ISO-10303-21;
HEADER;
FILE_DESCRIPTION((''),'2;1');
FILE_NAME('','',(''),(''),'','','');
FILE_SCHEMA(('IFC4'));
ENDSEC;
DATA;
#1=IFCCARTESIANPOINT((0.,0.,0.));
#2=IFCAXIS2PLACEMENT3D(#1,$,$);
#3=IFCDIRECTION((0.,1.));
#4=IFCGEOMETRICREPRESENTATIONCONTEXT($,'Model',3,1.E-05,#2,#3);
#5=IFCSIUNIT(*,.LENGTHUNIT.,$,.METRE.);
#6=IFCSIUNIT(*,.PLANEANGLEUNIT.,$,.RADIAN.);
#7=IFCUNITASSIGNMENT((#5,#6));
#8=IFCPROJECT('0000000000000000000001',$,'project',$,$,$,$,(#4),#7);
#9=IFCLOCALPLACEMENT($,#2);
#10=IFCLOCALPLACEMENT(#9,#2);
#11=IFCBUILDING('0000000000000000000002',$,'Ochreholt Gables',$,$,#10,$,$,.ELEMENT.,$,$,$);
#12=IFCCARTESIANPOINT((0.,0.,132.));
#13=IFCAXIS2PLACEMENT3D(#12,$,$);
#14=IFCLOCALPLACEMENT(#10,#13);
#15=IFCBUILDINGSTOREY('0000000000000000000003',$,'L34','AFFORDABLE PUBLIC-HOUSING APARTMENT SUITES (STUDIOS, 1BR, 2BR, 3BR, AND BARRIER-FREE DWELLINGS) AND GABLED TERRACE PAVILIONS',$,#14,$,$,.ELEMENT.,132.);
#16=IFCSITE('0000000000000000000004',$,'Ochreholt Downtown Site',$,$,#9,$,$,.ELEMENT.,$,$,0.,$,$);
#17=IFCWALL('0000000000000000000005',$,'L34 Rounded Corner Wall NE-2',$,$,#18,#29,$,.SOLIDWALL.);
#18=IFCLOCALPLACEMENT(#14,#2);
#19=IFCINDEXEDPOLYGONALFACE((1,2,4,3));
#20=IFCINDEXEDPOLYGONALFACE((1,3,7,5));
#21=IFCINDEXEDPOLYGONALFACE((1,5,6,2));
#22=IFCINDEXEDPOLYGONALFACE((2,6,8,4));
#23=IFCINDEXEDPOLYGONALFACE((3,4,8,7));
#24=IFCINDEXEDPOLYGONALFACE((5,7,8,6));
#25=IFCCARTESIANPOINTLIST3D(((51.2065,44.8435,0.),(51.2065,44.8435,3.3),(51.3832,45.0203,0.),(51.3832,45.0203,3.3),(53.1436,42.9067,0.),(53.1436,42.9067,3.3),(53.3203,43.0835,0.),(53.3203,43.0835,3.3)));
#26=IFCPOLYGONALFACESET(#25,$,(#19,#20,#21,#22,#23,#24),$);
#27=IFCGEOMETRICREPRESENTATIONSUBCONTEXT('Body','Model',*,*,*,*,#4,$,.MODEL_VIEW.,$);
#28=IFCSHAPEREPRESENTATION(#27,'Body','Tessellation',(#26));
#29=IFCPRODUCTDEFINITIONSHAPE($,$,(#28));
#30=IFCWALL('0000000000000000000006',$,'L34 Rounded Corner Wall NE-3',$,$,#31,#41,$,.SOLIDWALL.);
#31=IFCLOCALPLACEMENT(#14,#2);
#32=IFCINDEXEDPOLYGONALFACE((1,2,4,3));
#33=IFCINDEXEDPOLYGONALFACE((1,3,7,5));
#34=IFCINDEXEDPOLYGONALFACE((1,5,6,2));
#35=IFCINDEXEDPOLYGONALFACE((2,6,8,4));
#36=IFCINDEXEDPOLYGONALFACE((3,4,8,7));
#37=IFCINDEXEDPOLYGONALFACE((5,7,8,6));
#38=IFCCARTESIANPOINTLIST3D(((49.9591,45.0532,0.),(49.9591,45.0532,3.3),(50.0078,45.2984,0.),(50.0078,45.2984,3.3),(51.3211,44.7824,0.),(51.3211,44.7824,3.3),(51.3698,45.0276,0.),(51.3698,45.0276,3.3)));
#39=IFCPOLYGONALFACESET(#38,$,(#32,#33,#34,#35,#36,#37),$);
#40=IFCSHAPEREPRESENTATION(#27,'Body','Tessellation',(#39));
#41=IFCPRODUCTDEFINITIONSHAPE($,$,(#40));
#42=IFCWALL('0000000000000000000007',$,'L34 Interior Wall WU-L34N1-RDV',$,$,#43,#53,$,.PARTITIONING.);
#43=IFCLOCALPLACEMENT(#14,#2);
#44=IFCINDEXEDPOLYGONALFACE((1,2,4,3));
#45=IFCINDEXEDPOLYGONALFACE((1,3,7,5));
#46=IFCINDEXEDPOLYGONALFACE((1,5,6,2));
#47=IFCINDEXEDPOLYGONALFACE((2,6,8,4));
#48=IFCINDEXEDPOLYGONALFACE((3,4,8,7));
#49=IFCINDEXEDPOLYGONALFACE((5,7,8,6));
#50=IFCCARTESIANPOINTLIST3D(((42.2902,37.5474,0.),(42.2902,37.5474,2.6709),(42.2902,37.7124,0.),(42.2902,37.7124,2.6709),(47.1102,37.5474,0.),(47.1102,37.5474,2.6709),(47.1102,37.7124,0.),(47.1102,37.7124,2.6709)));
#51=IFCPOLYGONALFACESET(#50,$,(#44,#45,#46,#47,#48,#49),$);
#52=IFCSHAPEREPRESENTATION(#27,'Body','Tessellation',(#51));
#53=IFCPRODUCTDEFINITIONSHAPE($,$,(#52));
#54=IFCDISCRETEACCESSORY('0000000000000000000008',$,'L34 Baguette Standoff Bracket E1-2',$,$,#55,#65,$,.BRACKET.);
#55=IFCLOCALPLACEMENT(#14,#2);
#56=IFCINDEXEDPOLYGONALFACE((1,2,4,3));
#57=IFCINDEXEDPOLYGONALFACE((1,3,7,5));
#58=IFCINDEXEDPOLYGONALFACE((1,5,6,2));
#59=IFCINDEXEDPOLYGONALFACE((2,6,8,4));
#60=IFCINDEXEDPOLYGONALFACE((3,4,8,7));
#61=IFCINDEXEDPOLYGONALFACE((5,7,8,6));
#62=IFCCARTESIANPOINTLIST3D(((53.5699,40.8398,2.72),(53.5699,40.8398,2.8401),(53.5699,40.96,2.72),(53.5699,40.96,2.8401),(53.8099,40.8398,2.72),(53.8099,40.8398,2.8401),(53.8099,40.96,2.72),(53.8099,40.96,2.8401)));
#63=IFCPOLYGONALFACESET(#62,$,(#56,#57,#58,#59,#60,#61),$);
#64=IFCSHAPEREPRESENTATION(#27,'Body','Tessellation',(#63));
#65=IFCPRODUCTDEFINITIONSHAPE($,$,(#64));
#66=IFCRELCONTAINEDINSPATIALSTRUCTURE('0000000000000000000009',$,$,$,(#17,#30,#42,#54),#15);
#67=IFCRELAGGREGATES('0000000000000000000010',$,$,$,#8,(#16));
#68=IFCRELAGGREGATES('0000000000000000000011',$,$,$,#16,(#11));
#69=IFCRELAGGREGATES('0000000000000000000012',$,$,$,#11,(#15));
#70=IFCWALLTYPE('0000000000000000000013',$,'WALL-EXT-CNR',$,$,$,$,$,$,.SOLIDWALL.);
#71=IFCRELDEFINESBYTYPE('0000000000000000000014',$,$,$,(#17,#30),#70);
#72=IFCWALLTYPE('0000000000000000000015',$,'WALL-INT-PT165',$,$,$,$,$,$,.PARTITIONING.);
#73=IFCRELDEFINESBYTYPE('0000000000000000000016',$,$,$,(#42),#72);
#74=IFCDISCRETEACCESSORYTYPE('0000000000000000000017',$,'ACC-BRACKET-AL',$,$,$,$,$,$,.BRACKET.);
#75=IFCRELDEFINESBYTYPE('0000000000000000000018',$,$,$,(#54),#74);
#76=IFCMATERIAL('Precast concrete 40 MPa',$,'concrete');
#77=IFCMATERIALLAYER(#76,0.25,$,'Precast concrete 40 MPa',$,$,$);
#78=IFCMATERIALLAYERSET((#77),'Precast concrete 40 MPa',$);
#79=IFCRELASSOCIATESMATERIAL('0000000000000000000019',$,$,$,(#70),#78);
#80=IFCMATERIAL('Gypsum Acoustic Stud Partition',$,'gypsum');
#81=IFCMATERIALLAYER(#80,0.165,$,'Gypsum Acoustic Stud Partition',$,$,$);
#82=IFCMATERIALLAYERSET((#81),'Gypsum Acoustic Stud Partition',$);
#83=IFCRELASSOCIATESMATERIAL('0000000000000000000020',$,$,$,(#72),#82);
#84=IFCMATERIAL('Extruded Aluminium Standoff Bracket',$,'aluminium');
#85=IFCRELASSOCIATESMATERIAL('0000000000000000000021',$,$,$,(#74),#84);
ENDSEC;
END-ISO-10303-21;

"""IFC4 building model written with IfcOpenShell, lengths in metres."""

from ifc_helpers import new_model, si_unit, direction, frame, frame_2d, origin, origin_2d, place, context, subcontext, project, spatial, rectangle, extrude, material, layer, layer_set, type_object, element, save


model = new_model("IFC4")

# Units and contexts
model_context = context("Model", 3, precision=1e-05, world=origin(), true_north=direction((0.0, 1.0)))
body_context = subcontext(model_context, "Body", "Model", "MODEL_VIEW")
ifc_project = project(units=[si_unit("LENGTHUNIT", "METRE"), si_unit("PLANEANGLEUNIT", "RADIAN")], contexts=[model_context])

# Site, building, storey
site_placement = place(None, origin())
site = spatial("IfcSite", under=ifc_project, at=site_placement, Name="Ochreholt Downtown Site", CompositionType="ELEMENT", RefElevation=0.0)
building_placement = place(site_placement, origin())
building = spatial("IfcBuilding", under=site, at=building_placement, Name="Ochreholt Gables", CompositionType="ELEMENT")
storey_placement = place(building_placement, frame((0.0, 0.0, 132.0)))
storey = spatial("IfcBuildingStorey", under=building, at=storey_placement, Name="L34", Description="AFFORDABLE PUBLIC-HOUSING APARTMENT SUITES (STUDIOS, 1BR, 2BR, 3BR, AND BARRIER-FREE DWELLINGS) AND GABLED TERRACE PAVILIONS", CompositionType="ELEMENT", Elevation=132.0)

# Shared definitions
ifc_material_1 = material(Name="Precast concrete 40 MPa", Category="concrete")

# Walls
ifc_layer_1 = layer(ifc_material_1, 0.25, Name="Precast concrete 40 MPa")
ifc_layer_set_1 = layer_set([ifc_layer_1], Name="Precast concrete 40 MPa")
wall_type_1 = type_object("IfcWallType", Name="WALL-EXT-CNR", PredefinedType="SOLIDWALL", material=ifc_layer_set_1)
wall_1_placement = place(storey_placement, frame((53.2319, 42.9951, 0.0), z_axis=(0.0, 0.0, 1.0), x_axis=(-0.707151, 0.707062, 0.0)))
element("IfcWall", 1, at=wall_1_placement, inside=storey, type_object=wall_type_1, Name="L34 Rounded Corner Wall NE-2", PredefinedType="SOLIDWALL", context=body_context, shape_type="SweptSolid", body=[
    extrude(rectangle(XDim=2.7393, YDim=0.25, at=frame_2d((1.3696, 0.0))), origin(), (0.0, 0.0, 1.0), 3.3),
])
wall_2_placement = place(storey_placement, frame((51.3455, 44.905, 0.0), z_axis=(0.0, 0.0, 1.0), x_axis=(-0.98081, 0.194967, 0.0)))
element("IfcWall", 2, at=wall_2_placement, inside=storey, type_object=wall_type_1, Name="L34 Rounded Corner Wall NE-3", PredefinedType="SOLIDWALL", context=body_context, shape_type="SweptSolid", body=[
    extrude(rectangle(XDim=1.3887, YDim=0.25, at=frame_2d((0.6943, 0.0))), origin(), (0.0, 0.0, 1.0), 3.3),
])
ifc_material_2 = material(Name="Gypsum Acoustic Stud Partition", Category="gypsum")
ifc_layer_2 = layer(ifc_material_2, 0.165, Name="Gypsum Acoustic Stud Partition")
ifc_layer_set_2 = layer_set([ifc_layer_2], Name="Gypsum Acoustic Stud Partition")
wall_type_2 = type_object("IfcWallType", Name="WALL-INT-PT165", PredefinedType="PARTITIONING", material=ifc_layer_set_2)
wall_3_placement = place(storey_placement, frame((42.29, 37.6299, 0.0), z_axis=(0.0, 0.0, 1.0), x_axis=(1.0, 0.0, 0.0)))
element("IfcWall", 3, at=wall_3_placement, inside=storey, type_object=wall_type_2, Name="L34 Interior Wall WU-L34N1-RDV", PredefinedType="PARTITIONING", context=body_context, shape_type="SweptSolid", body=[
    extrude(rectangle(XDim=4.8201, YDim=0.165, at=frame_2d((2.4102, 0.0))), origin(), (0.0, 0.0, 1.0), 2.6709),
])

# Discrete accessory
ifc_material_3 = material(Name="Extruded Aluminium Standoff Bracket", Category="aluminium")
discrete_accessory_type = type_object("IfcDiscreteAccessoryType", Name="ACC-BRACKET-AL", PredefinedType="BRACKET", material=ifc_material_3)
discrete_accessory_placement = place(storey_placement, frame((53.6899, 40.8999, 2.72), z_axis=(0.0, 0.0, 1.0), x_axis=(0.0, 1.0, 0.0)))
element("IfcDiscreteAccessory", 4, at=discrete_accessory_placement, inside=storey, type_object=discrete_accessory_type, Name="L34 Baguette Standoff Bracket E1-2", PredefinedType="BRACKET", context=body_context, shape_type="SweptSolid", body=[
    extrude(rectangle(XDim=0.1201, YDim=0.24, at=origin_2d()), origin(), (0.0, 0.0, 1.0), 0.1201),
])

save(model, "model.ifc")
